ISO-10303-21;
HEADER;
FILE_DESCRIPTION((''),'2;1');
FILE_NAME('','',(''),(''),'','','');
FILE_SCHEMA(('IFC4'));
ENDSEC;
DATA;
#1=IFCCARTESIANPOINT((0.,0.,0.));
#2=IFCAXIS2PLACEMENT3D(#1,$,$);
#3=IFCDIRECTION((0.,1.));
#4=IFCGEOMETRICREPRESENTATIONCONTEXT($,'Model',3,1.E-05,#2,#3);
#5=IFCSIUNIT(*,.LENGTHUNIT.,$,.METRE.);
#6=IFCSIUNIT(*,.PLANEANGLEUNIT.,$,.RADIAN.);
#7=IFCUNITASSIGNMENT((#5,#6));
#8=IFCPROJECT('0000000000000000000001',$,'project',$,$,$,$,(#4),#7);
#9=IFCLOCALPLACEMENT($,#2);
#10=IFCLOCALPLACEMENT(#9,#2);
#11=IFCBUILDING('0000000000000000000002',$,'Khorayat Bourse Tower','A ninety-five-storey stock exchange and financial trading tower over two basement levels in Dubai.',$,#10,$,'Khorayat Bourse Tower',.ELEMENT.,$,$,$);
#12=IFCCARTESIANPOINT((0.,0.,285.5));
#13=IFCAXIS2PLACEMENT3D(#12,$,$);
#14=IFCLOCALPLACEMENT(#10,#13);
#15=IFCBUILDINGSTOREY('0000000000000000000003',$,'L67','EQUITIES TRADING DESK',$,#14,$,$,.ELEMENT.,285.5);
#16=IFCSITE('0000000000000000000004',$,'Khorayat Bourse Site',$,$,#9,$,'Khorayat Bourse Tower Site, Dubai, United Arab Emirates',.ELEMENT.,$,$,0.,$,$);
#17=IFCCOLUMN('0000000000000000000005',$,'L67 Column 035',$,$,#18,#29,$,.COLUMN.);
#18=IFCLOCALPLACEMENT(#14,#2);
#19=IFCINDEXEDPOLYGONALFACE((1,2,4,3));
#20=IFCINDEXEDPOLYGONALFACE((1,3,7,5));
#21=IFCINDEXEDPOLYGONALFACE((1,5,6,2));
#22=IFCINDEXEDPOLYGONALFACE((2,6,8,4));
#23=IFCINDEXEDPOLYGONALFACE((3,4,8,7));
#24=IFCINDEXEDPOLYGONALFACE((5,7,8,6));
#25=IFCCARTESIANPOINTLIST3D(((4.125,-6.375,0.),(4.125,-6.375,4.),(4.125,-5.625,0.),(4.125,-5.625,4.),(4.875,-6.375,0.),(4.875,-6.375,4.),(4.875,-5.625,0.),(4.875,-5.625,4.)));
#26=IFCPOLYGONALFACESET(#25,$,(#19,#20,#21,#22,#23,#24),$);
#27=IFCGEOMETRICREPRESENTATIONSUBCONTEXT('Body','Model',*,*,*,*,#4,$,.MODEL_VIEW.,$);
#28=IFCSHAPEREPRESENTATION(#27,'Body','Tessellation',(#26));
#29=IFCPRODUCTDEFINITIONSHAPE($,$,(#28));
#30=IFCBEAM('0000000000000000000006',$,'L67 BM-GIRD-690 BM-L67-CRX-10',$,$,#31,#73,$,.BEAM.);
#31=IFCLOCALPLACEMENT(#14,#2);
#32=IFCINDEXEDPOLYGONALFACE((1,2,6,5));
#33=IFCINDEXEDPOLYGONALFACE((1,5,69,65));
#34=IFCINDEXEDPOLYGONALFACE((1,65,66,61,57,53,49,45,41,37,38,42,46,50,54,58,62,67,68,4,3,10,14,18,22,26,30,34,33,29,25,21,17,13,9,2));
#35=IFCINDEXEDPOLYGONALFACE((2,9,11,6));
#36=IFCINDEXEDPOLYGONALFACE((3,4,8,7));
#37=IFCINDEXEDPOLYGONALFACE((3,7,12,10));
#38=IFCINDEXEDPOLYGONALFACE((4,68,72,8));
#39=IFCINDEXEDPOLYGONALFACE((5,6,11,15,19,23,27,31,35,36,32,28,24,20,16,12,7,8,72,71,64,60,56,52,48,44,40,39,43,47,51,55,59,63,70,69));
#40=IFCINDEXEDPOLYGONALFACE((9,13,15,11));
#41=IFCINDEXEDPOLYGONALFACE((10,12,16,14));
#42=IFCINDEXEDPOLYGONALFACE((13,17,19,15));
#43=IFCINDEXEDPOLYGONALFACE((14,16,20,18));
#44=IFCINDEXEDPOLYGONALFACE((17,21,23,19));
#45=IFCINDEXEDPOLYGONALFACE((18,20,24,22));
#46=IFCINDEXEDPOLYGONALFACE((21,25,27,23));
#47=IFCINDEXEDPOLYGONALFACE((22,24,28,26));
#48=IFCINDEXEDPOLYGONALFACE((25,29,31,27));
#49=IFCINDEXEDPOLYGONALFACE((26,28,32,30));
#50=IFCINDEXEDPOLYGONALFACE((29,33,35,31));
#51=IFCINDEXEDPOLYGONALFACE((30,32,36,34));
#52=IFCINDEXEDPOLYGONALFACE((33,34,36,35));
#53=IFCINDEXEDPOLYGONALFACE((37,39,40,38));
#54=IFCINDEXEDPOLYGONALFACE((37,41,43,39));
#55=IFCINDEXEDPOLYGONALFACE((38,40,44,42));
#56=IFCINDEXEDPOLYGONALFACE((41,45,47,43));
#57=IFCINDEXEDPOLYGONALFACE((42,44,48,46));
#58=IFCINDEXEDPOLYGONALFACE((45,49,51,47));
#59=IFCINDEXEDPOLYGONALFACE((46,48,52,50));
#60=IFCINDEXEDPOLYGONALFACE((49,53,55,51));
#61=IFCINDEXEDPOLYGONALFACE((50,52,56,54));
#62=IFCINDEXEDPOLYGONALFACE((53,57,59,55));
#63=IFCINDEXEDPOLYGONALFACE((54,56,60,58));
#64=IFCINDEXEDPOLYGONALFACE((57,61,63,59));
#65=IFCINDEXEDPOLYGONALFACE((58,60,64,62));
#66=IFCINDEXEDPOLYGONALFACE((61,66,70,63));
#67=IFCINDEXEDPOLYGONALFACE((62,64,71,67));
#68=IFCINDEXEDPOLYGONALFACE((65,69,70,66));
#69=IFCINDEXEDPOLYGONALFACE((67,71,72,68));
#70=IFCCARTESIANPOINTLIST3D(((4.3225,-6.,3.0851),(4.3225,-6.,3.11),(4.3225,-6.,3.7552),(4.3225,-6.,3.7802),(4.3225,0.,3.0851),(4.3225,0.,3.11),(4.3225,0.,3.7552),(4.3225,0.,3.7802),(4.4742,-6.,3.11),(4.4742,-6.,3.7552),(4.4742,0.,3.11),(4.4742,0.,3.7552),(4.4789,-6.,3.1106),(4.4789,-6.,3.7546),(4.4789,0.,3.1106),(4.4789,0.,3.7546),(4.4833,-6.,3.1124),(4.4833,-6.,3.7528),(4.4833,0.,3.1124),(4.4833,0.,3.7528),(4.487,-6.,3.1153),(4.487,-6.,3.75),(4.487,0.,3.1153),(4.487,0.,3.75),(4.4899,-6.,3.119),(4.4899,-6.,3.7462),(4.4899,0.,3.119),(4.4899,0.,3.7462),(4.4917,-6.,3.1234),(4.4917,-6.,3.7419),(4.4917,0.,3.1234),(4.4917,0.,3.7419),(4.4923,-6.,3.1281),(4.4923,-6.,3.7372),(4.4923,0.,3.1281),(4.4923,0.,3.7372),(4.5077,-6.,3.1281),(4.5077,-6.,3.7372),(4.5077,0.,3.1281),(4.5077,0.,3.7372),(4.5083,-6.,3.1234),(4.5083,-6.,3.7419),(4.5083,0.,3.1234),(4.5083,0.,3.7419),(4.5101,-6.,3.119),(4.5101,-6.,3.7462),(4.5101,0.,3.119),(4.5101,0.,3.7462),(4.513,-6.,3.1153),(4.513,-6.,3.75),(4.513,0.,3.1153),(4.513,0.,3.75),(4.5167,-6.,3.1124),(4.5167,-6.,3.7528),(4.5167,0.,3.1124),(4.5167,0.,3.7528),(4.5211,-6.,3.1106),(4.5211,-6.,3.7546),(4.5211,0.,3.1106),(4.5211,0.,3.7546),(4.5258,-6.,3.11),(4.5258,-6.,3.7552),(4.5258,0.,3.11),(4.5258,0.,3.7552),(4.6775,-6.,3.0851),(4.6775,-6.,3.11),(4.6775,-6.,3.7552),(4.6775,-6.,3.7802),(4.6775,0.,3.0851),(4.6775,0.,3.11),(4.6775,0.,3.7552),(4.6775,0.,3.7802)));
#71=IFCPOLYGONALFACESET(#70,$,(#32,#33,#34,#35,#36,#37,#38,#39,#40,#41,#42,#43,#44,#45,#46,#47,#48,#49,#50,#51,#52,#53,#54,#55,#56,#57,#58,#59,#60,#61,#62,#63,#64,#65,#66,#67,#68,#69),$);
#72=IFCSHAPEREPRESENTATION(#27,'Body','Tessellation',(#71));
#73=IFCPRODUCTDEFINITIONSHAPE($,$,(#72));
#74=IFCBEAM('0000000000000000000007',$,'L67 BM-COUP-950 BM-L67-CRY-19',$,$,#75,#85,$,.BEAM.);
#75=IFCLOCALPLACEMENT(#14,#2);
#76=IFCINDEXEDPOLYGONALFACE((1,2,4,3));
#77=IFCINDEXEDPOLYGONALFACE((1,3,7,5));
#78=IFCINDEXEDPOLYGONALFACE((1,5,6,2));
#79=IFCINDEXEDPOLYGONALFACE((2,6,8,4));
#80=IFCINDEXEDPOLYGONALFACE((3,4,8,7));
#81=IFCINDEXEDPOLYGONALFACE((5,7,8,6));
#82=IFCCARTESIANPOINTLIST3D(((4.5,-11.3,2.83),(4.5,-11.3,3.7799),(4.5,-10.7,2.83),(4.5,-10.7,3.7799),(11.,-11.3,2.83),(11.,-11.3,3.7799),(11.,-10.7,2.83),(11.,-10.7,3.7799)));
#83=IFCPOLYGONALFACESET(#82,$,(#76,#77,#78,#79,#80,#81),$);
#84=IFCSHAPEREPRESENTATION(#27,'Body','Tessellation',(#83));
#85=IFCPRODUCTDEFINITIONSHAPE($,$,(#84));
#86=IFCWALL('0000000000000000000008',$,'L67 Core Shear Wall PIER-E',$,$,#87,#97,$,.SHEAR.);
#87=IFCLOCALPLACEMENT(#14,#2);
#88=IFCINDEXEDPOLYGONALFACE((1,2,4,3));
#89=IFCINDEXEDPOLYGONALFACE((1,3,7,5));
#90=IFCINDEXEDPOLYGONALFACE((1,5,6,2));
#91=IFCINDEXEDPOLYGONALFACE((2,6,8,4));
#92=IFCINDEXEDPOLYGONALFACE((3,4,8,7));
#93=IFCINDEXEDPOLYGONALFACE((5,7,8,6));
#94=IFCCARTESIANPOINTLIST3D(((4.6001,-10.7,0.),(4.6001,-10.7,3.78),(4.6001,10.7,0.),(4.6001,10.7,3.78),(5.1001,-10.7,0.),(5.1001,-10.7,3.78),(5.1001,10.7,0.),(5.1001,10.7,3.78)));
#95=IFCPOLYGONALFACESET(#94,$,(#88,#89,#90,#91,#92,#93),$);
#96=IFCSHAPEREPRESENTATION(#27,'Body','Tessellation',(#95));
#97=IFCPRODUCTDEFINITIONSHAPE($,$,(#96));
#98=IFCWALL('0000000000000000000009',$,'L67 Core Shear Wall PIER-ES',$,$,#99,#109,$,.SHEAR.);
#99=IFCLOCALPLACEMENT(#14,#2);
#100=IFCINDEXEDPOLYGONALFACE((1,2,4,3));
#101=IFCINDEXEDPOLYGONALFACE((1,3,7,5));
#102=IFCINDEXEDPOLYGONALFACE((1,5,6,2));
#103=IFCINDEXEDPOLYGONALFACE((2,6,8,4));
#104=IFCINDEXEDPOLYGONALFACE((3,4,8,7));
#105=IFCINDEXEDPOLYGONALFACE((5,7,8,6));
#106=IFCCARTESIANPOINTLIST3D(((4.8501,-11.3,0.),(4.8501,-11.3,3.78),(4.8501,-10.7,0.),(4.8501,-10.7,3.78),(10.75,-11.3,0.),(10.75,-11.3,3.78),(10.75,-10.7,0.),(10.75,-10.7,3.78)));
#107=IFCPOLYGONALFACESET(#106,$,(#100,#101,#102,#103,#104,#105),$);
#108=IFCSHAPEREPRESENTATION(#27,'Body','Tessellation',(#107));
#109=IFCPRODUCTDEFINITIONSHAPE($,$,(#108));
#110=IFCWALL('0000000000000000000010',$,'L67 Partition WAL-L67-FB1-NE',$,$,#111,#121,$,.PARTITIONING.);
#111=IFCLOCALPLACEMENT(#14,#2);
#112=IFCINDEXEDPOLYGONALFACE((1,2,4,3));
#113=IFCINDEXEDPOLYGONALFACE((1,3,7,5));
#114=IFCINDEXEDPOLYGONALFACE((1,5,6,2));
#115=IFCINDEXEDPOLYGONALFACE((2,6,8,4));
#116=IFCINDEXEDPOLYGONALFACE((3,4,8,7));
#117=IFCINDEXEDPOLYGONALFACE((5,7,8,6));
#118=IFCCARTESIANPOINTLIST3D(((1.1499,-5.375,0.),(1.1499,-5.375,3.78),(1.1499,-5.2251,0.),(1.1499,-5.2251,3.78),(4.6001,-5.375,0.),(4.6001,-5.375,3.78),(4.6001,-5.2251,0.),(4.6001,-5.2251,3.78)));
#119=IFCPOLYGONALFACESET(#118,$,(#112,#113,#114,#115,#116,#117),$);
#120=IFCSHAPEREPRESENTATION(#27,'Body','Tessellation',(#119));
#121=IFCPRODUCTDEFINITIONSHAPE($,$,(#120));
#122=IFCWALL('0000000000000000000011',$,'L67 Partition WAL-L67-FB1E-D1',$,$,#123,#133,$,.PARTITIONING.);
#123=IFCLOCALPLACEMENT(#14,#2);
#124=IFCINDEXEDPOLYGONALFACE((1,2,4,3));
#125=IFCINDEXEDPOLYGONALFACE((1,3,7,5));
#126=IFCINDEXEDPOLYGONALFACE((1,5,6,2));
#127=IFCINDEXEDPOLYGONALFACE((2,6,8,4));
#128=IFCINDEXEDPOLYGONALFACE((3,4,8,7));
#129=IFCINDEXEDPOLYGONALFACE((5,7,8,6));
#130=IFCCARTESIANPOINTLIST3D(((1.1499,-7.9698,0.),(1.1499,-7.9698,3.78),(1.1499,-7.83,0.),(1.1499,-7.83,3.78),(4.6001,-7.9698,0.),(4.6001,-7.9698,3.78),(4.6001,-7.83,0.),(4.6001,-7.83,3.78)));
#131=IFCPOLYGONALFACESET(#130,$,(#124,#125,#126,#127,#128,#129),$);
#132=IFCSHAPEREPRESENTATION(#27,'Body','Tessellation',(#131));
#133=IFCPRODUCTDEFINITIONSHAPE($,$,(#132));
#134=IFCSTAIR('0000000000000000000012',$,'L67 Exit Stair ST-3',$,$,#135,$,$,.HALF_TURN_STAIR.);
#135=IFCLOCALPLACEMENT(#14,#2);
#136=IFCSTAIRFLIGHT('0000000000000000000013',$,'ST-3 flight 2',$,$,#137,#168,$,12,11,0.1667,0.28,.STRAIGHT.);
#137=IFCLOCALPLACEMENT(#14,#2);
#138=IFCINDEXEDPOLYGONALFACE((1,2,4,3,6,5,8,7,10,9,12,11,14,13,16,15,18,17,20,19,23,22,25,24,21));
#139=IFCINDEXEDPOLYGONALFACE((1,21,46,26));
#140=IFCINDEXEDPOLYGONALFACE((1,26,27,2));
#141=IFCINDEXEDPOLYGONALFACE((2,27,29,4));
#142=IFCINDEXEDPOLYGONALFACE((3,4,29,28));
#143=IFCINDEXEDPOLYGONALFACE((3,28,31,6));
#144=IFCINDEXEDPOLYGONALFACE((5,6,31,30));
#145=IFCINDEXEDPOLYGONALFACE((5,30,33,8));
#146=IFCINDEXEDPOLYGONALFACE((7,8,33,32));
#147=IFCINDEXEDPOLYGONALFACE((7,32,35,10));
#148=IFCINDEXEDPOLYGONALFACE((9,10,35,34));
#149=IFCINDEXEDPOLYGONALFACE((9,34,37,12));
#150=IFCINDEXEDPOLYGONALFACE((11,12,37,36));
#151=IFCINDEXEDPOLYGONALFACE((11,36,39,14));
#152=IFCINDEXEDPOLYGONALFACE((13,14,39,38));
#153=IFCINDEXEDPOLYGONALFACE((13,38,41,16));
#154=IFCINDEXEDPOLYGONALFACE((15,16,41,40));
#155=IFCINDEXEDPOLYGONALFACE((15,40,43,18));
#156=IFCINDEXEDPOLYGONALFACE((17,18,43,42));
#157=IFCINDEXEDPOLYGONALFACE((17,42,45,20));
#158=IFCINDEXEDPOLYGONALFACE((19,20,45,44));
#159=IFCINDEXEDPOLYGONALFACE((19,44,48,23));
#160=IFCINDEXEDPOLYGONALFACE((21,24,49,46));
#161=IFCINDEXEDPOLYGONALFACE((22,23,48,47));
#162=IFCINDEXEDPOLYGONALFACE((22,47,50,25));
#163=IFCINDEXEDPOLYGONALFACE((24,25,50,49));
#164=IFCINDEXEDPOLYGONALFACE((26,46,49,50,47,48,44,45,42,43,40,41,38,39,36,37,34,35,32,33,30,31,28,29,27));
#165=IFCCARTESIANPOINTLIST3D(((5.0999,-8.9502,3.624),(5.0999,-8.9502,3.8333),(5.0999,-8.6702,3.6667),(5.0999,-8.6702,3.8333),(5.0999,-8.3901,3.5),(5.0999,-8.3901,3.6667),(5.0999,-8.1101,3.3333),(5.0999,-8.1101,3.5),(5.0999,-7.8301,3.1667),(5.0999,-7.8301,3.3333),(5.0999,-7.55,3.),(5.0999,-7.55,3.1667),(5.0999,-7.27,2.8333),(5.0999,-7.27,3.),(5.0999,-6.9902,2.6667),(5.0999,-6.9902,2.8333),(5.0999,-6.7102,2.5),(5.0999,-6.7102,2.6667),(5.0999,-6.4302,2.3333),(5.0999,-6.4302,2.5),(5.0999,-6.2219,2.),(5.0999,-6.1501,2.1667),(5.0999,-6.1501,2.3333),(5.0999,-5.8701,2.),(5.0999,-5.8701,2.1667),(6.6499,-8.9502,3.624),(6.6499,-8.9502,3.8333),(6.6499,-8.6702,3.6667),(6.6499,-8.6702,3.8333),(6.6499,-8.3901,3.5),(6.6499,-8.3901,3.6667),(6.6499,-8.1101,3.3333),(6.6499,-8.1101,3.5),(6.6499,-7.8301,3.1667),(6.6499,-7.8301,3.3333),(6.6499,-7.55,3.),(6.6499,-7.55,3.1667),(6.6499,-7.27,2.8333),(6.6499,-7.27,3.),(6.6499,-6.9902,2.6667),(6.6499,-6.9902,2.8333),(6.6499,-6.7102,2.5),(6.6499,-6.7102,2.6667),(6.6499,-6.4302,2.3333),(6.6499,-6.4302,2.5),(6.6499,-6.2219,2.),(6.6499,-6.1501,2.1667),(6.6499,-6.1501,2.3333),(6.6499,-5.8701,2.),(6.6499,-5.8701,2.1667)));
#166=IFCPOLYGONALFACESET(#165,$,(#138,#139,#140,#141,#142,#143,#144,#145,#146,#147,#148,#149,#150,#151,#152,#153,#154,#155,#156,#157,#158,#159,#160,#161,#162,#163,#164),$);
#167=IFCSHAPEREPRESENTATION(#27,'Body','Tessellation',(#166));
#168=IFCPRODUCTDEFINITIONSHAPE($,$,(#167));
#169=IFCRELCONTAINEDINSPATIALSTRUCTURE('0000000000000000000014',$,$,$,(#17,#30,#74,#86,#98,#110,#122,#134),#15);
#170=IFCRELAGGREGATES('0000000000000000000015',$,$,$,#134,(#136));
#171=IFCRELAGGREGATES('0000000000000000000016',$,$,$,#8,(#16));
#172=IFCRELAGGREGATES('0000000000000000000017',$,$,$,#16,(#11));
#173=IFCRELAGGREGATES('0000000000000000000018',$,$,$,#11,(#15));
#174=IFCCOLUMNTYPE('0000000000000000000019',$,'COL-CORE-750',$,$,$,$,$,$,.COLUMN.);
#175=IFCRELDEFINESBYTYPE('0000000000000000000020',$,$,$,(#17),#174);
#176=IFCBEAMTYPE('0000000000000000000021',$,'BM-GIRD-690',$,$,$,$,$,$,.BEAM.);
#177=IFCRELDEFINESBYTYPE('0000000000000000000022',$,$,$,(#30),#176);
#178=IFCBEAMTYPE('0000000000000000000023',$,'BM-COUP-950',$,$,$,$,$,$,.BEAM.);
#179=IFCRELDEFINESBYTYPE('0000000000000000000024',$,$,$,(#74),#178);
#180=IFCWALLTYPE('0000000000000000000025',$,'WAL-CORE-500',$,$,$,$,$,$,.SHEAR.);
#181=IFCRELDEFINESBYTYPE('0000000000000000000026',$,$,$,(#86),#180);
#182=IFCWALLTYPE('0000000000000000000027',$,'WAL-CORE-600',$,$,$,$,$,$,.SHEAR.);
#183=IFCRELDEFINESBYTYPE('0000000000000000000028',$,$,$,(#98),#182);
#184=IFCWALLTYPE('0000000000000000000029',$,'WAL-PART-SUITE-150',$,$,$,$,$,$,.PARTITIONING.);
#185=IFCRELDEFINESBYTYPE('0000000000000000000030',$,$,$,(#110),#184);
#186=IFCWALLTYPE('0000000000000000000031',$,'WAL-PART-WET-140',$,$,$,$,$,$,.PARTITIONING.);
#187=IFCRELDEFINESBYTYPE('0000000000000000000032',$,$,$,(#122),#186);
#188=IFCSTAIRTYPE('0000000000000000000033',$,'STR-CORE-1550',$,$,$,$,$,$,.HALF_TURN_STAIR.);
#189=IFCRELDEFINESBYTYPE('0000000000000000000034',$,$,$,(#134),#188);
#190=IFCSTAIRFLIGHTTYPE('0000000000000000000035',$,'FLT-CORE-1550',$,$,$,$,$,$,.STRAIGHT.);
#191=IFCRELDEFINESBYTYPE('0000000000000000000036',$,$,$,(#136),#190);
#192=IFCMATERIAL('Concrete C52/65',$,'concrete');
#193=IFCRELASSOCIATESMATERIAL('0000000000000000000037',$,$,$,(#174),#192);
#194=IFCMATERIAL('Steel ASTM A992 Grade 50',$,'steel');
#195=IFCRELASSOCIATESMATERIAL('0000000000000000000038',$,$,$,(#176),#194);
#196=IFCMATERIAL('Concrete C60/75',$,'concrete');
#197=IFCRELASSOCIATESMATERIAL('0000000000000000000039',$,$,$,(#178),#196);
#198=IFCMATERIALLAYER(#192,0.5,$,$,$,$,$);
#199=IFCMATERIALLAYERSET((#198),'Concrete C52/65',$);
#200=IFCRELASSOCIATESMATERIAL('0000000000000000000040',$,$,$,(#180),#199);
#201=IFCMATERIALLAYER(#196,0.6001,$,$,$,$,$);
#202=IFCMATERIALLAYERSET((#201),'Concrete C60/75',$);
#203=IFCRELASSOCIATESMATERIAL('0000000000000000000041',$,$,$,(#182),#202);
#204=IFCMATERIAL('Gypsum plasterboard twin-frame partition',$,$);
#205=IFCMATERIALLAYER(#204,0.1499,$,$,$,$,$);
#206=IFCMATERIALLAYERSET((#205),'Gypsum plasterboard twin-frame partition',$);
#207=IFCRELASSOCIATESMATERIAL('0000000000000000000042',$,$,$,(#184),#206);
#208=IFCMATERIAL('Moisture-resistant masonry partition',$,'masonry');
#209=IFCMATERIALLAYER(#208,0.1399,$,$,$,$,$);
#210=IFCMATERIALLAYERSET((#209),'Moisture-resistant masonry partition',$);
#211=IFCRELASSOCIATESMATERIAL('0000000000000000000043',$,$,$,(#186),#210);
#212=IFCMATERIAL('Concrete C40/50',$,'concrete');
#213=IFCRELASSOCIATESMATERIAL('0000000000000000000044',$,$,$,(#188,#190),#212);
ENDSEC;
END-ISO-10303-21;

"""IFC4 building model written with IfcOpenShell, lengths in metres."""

from ifc_helpers import new_model, si_unit, direction, frame, frame_2d, origin, origin_2d, place, context, subcontext, project, spatial, polyline, rectangle, i_section, outline, extrude, source, transform, mapped, material, layer, layer_set, material_profile, profile_set, type_object, element, aggregate, save


model = new_model("IFC4")

# Units and contexts
model_context = context("Model", 3, precision=1e-05, world=origin(), true_north=direction((0.0, 1.0)))
body_context = subcontext(model_context, "Body", "Model", "MODEL_VIEW")
ifc_project = project(units=[si_unit("LENGTHUNIT", "METRE"), si_unit("PLANEANGLEUNIT", "RADIAN")], contexts=[model_context])

# Site, building, storey
site_placement = place(None, origin())
site = spatial("IfcSite", under=ifc_project, at=site_placement, Name="Khorayat Bourse Site", LongName="Khorayat Bourse Tower Site, Dubai, United Arab Emirates", CompositionType="ELEMENT", RefElevation=0.0)
building_placement = place(site_placement, origin())
building = spatial("IfcBuilding", under=site, at=building_placement, Name="Khorayat Bourse Tower", Description="A ninety-five-storey stock exchange and financial trading tower over two basement levels in Dubai.", LongName="Khorayat Bourse Tower", CompositionType="ELEMENT")
storey_placement = place(building_placement, frame((0.0, 0.0, 285.5)))
storey = spatial("IfcBuildingStorey", under=building, at=storey_placement, Name="L67", Description="EQUITIES TRADING DESK", CompositionType="ELEMENT", Elevation=285.5)

# Column
ifc_material_1 = material(Name="Concrete C52/65", Category="concrete")
ifc_material_profile_1 = material_profile(ifc_material_1, rectangle(XDim=0.75, YDim=0.75, at=origin_2d()), Name="RC 750x750")
ifc_profile_set_1 = profile_set([ifc_material_profile_1], Name="Concrete C52/65")
column_type = type_object("IfcColumnType", Name="COL-CORE-750", PredefinedType="COLUMN", material=ifc_profile_set_1)
shared_shape_1 = source(origin(), body_context, "Body", "SweptSolid", [
    extrude(rectangle(XDim=0.75, YDim=0.75, at=origin_2d()), origin(), (0.0, 0.0, 1.0), 4.0),
])
column_placement = place(storey_placement, frame((4.5, -6.0, 0.0), z_axis=(0.0, 0.0, 1.0), x_axis=(1.0, 0.0, 0.0)))
element("IfcColumn", 1, at=column_placement, inside=storey, type_object=column_type, Name="L67 Column 035", PredefinedType="COLUMN", context=body_context, shape_type="MappedRepresentation", body=[
    mapped(shared_shape_1, transform((0.0, 0.0, 0.0), scale=1.0)),
])

# Beams
ifc_material_2 = material(Name="Steel ASTM A992 Grade 50", Category="steel")
ifc_material_profile_2 = material_profile(ifc_material_2, i_section(OverallWidth=0.355, OverallDepth=0.6951, WebThickness=0.0154, FlangeThickness=0.0249, FilletRadius=0.0181, at=origin_2d()), Name="W690X217")
ifc_profile_set_2 = profile_set([ifc_material_profile_2], Name="Steel ASTM A992 Grade 50")
beam_type_1 = type_object("IfcBeamType", Name="BM-GIRD-690", PredefinedType="BEAM", material=ifc_profile_set_2)
shared_shape_2 = source(origin(), body_context, "Body", "SweptSolid", [
    extrude(i_section(OverallWidth=0.355, OverallDepth=0.6951, WebThickness=0.0154, FlangeThickness=0.0249, FilletRadius=0.0181, at=origin_2d()), origin(), (0.0, 0.0, 1.0), 6.0),
])
beam_1_placement = place(storey_placement, frame((4.5, -6.0, 3.4326), z_axis=(0.0, 1.0, 0.0), x_axis=(-1.0, 0.0, 0.0)))
element("IfcBeam", 2, at=beam_1_placement, inside=storey, type_object=beam_type_1, Name="L67 BM-GIRD-690 BM-L67-CRX-10", PredefinedType="BEAM", context=body_context, shape_type="MappedRepresentation", body=[
    mapped(shared_shape_2, transform((0.0, 0.0, 0.0), scale=1.0)),
])
ifc_material_3 = material(Name="Concrete C60/75", Category="concrete")
ifc_material_profile_3 = material_profile(ifc_material_3, rectangle(XDim=0.6001, YDim=0.95, at=origin_2d()), Name="RC 600x950")
ifc_profile_set_3 = profile_set([ifc_material_profile_3], Name="Concrete C60/75")
beam_type_2 = type_object("IfcBeamType", Name="BM-COUP-950", PredefinedType="BEAM", material=ifc_profile_set_3)
shared_shape_3 = source(origin(), body_context, "Body", "SweptSolid", [
    extrude(rectangle(XDim=0.6001, YDim=0.95, at=origin_2d()), origin(), (0.0, 0.0, 1.0), 6.5),
])
beam_2_placement = place(storey_placement, frame((4.5, -11.0, 3.3049), z_axis=(1.0, 0.0, 0.0), x_axis=(0.0, 1.0, 0.0)))
element("IfcBeam", 3, at=beam_2_placement, inside=storey, type_object=beam_type_2, Name="L67 BM-COUP-950 BM-L67-CRY-19", PredefinedType="BEAM", context=body_context, shape_type="MappedRepresentation", body=[
    mapped(shared_shape_3, transform((0.0, 0.0, 0.0), scale=1.0)),
])

# Walls
ifc_layer_1 = layer(ifc_material_1, 0.5)
ifc_layer_set_1 = layer_set([ifc_layer_1], Name="Concrete C52/65")
wall_type_1 = type_object("IfcWallType", Name="WAL-CORE-500", PredefinedType="SHEAR", material=ifc_layer_set_1)
shared_shape_4 = source(origin(), body_context, "Body", "SweptSolid", [
    extrude(rectangle(XDim=21.3999, YDim=0.5, at=frame_2d((10.7, 0.0))), origin(), (0.0, 0.0, 1.0), 3.78),
])
wall_1_placement = place(storey_placement, frame((4.8501, -10.7, 0.0), z_axis=(0.0, 0.0, 1.0), x_axis=(0.0, 1.0, 0.0)))
element("IfcWall", 4, at=wall_1_placement, inside=storey, type_object=wall_type_1, Name="L67 Core Shear Wall PIER-E", PredefinedType="SHEAR", context=body_context, shape_type="MappedRepresentation", body=[
    mapped(shared_shape_4, transform((0.0, 0.0, 0.0), scale=1.0)),
])
ifc_layer_2 = layer(ifc_material_3, 0.6001)
ifc_layer_set_2 = layer_set([ifc_layer_2], Name="Concrete C60/75")
wall_type_2 = type_object("IfcWallType", Name="WAL-CORE-600", PredefinedType="SHEAR", material=ifc_layer_set_2)
shared_shape_5 = source(origin(), body_context, "Body", "SweptSolid", [
    extrude(rectangle(XDim=5.8999, YDim=0.6001, at=frame_2d((2.95, 0.0))), origin(), (0.0, 0.0, 1.0), 3.78),
])
wall_2_placement = place(storey_placement, frame((4.8501, -11.0, 0.0), z_axis=(0.0, 0.0, 1.0), x_axis=(1.0, 0.0, 0.0)))
element("IfcWall", 5, at=wall_2_placement, inside=storey, type_object=wall_type_2, Name="L67 Core Shear Wall PIER-ES", PredefinedType="SHEAR", context=body_context, shape_type="MappedRepresentation", body=[
    mapped(shared_shape_5, transform((0.0, 0.0, 0.0), scale=1.0)),
])
ifc_material_4 = material(Name="Gypsum plasterboard twin-frame partition")
ifc_layer_3 = layer(ifc_material_4, 0.1499)
ifc_layer_set_3 = layer_set([ifc_layer_3], Name="Gypsum plasterboard twin-frame partition")
wall_type_3 = type_object("IfcWallType", Name="WAL-PART-SUITE-150", PredefinedType="PARTITIONING", material=ifc_layer_set_3)
shared_shape_6 = source(origin(), body_context, "Body", "SweptSolid", [
    extrude(rectangle(XDim=3.4502, YDim=0.1499, at=frame_2d((1.7251, 0.0))), origin(), (0.0, 0.0, 1.0), 3.78),
])
wall_3_placement = place(storey_placement, frame((1.1499, -5.3, 0.0), z_axis=(0.0, 0.0, 1.0), x_axis=(1.0, 0.0, 0.0)))
element("IfcWall", 6, at=wall_3_placement, inside=storey, type_object=wall_type_3, Name="L67 Partition WAL-L67-FB1-NE", PredefinedType="PARTITIONING", context=body_context, shape_type="MappedRepresentation", body=[
    mapped(shared_shape_6, transform((0.0, 0.0, 0.0), scale=1.0)),
])

# Wall
ifc_material_5 = material(Name="Moisture-resistant masonry partition", Category="masonry")
ifc_layer_4 = layer(ifc_material_5, 0.1399)
ifc_layer_set_4 = layer_set([ifc_layer_4], Name="Moisture-resistant masonry partition")
wall_type_4 = type_object("IfcWallType", Name="WAL-PART-WET-140", PredefinedType="PARTITIONING", material=ifc_layer_set_4)
shared_shape_7 = source(origin(), body_context, "Body", "SweptSolid", [
    extrude(rectangle(XDim=3.4502, YDim=0.1399, at=frame_2d((1.7251, 0.0))), origin(), (0.0, 0.0, 1.0), 3.78),
])
wall_4_placement = place(storey_placement, frame((1.1499, -7.8999, 0.0), z_axis=(0.0, 0.0, 1.0), x_axis=(1.0, 0.0, 0.0)))
element("IfcWall", 7, at=wall_4_placement, inside=storey, type_object=wall_type_4, Name="L67 Partition WAL-L67-FB1E-D1", PredefinedType="PARTITIONING", context=body_context, shape_type="MappedRepresentation", body=[
    mapped(shared_shape_7, transform((0.0, 0.0, 0.0), scale=1.0)),
])

# Stair, stair flight
ifc_material_6 = material(Name="Concrete C40/50", Category="concrete")
stair_type = type_object("IfcStairType", Name="STR-CORE-1550", PredefinedType="HALF_TURN_STAIR", material=ifc_material_6)
stair_placement = place(storey_placement, origin())
stair = element("IfcStair", 8, at=stair_placement, inside=storey, type_object=stair_type, Name="L67 Exit Stair ST-3", PredefinedType="HALF_TURN_STAIR")
stair_flight_type = type_object("IfcStairFlightType", Name="FLT-CORE-1550", PredefinedType="STRAIGHT", material=ifc_material_6)
shared_shape_8 = source(origin(), body_context, "Body", "SweptSolid", [
    extrude(outline(polyline([(0.0, 0.0), (0.0, 0.1667), (0.28, 0.1667), (0.28, 0.3333), (0.5601, 0.3333), (0.5601, 0.5), (0.8401, 0.5), (0.8401, 0.6667), (1.1201, 0.6667), (1.1201, 0.8333), (1.3999, 0.8333), (1.3999, 1.0), (1.6799, 1.0), (1.6799, 1.1667), (1.96, 1.1667), (1.96, 1.3333), (2.24, 1.3333), (2.24, 1.5), (2.52, 1.5), (2.52, 1.6667), (2.8, 1.6667), (2.8, 1.8333), (3.0801, 1.8333), (3.0801, 2.0), (3.0801, 1.624), (0.3518, 0.0), (0.0, 0.0)])), frame((0.0, 0.7749, 0.0), z_axis=(0.0, -1.0, 0.0), x_axis=(1.0, 0.0, 0.0)), (0.0, 0.0, 1.0), 1.55),
])
stair_flight_placement = place(storey_placement, frame((5.875, -5.8701, 2.0), z_axis=(0.0, 0.0, 1.0), x_axis=(0.0, -1.0, 0.0)))
stair_flight = element("IfcStairFlight", 9, at=stair_flight_placement, type_object=stair_flight_type, Name="ST-3 flight 2", NumberOfRisers=12, NumberOfTreads=11, PredefinedType="STRAIGHT", RiserHeight=0.1667, TreadLength=0.28, context=body_context, shape_type="MappedRepresentation", body=[
    mapped(shared_shape_8, transform((0.0, 0.0, 0.0), scale=1.0)),
])
aggregate(stair, [stair_flight])

save(model, "model.ifc")
